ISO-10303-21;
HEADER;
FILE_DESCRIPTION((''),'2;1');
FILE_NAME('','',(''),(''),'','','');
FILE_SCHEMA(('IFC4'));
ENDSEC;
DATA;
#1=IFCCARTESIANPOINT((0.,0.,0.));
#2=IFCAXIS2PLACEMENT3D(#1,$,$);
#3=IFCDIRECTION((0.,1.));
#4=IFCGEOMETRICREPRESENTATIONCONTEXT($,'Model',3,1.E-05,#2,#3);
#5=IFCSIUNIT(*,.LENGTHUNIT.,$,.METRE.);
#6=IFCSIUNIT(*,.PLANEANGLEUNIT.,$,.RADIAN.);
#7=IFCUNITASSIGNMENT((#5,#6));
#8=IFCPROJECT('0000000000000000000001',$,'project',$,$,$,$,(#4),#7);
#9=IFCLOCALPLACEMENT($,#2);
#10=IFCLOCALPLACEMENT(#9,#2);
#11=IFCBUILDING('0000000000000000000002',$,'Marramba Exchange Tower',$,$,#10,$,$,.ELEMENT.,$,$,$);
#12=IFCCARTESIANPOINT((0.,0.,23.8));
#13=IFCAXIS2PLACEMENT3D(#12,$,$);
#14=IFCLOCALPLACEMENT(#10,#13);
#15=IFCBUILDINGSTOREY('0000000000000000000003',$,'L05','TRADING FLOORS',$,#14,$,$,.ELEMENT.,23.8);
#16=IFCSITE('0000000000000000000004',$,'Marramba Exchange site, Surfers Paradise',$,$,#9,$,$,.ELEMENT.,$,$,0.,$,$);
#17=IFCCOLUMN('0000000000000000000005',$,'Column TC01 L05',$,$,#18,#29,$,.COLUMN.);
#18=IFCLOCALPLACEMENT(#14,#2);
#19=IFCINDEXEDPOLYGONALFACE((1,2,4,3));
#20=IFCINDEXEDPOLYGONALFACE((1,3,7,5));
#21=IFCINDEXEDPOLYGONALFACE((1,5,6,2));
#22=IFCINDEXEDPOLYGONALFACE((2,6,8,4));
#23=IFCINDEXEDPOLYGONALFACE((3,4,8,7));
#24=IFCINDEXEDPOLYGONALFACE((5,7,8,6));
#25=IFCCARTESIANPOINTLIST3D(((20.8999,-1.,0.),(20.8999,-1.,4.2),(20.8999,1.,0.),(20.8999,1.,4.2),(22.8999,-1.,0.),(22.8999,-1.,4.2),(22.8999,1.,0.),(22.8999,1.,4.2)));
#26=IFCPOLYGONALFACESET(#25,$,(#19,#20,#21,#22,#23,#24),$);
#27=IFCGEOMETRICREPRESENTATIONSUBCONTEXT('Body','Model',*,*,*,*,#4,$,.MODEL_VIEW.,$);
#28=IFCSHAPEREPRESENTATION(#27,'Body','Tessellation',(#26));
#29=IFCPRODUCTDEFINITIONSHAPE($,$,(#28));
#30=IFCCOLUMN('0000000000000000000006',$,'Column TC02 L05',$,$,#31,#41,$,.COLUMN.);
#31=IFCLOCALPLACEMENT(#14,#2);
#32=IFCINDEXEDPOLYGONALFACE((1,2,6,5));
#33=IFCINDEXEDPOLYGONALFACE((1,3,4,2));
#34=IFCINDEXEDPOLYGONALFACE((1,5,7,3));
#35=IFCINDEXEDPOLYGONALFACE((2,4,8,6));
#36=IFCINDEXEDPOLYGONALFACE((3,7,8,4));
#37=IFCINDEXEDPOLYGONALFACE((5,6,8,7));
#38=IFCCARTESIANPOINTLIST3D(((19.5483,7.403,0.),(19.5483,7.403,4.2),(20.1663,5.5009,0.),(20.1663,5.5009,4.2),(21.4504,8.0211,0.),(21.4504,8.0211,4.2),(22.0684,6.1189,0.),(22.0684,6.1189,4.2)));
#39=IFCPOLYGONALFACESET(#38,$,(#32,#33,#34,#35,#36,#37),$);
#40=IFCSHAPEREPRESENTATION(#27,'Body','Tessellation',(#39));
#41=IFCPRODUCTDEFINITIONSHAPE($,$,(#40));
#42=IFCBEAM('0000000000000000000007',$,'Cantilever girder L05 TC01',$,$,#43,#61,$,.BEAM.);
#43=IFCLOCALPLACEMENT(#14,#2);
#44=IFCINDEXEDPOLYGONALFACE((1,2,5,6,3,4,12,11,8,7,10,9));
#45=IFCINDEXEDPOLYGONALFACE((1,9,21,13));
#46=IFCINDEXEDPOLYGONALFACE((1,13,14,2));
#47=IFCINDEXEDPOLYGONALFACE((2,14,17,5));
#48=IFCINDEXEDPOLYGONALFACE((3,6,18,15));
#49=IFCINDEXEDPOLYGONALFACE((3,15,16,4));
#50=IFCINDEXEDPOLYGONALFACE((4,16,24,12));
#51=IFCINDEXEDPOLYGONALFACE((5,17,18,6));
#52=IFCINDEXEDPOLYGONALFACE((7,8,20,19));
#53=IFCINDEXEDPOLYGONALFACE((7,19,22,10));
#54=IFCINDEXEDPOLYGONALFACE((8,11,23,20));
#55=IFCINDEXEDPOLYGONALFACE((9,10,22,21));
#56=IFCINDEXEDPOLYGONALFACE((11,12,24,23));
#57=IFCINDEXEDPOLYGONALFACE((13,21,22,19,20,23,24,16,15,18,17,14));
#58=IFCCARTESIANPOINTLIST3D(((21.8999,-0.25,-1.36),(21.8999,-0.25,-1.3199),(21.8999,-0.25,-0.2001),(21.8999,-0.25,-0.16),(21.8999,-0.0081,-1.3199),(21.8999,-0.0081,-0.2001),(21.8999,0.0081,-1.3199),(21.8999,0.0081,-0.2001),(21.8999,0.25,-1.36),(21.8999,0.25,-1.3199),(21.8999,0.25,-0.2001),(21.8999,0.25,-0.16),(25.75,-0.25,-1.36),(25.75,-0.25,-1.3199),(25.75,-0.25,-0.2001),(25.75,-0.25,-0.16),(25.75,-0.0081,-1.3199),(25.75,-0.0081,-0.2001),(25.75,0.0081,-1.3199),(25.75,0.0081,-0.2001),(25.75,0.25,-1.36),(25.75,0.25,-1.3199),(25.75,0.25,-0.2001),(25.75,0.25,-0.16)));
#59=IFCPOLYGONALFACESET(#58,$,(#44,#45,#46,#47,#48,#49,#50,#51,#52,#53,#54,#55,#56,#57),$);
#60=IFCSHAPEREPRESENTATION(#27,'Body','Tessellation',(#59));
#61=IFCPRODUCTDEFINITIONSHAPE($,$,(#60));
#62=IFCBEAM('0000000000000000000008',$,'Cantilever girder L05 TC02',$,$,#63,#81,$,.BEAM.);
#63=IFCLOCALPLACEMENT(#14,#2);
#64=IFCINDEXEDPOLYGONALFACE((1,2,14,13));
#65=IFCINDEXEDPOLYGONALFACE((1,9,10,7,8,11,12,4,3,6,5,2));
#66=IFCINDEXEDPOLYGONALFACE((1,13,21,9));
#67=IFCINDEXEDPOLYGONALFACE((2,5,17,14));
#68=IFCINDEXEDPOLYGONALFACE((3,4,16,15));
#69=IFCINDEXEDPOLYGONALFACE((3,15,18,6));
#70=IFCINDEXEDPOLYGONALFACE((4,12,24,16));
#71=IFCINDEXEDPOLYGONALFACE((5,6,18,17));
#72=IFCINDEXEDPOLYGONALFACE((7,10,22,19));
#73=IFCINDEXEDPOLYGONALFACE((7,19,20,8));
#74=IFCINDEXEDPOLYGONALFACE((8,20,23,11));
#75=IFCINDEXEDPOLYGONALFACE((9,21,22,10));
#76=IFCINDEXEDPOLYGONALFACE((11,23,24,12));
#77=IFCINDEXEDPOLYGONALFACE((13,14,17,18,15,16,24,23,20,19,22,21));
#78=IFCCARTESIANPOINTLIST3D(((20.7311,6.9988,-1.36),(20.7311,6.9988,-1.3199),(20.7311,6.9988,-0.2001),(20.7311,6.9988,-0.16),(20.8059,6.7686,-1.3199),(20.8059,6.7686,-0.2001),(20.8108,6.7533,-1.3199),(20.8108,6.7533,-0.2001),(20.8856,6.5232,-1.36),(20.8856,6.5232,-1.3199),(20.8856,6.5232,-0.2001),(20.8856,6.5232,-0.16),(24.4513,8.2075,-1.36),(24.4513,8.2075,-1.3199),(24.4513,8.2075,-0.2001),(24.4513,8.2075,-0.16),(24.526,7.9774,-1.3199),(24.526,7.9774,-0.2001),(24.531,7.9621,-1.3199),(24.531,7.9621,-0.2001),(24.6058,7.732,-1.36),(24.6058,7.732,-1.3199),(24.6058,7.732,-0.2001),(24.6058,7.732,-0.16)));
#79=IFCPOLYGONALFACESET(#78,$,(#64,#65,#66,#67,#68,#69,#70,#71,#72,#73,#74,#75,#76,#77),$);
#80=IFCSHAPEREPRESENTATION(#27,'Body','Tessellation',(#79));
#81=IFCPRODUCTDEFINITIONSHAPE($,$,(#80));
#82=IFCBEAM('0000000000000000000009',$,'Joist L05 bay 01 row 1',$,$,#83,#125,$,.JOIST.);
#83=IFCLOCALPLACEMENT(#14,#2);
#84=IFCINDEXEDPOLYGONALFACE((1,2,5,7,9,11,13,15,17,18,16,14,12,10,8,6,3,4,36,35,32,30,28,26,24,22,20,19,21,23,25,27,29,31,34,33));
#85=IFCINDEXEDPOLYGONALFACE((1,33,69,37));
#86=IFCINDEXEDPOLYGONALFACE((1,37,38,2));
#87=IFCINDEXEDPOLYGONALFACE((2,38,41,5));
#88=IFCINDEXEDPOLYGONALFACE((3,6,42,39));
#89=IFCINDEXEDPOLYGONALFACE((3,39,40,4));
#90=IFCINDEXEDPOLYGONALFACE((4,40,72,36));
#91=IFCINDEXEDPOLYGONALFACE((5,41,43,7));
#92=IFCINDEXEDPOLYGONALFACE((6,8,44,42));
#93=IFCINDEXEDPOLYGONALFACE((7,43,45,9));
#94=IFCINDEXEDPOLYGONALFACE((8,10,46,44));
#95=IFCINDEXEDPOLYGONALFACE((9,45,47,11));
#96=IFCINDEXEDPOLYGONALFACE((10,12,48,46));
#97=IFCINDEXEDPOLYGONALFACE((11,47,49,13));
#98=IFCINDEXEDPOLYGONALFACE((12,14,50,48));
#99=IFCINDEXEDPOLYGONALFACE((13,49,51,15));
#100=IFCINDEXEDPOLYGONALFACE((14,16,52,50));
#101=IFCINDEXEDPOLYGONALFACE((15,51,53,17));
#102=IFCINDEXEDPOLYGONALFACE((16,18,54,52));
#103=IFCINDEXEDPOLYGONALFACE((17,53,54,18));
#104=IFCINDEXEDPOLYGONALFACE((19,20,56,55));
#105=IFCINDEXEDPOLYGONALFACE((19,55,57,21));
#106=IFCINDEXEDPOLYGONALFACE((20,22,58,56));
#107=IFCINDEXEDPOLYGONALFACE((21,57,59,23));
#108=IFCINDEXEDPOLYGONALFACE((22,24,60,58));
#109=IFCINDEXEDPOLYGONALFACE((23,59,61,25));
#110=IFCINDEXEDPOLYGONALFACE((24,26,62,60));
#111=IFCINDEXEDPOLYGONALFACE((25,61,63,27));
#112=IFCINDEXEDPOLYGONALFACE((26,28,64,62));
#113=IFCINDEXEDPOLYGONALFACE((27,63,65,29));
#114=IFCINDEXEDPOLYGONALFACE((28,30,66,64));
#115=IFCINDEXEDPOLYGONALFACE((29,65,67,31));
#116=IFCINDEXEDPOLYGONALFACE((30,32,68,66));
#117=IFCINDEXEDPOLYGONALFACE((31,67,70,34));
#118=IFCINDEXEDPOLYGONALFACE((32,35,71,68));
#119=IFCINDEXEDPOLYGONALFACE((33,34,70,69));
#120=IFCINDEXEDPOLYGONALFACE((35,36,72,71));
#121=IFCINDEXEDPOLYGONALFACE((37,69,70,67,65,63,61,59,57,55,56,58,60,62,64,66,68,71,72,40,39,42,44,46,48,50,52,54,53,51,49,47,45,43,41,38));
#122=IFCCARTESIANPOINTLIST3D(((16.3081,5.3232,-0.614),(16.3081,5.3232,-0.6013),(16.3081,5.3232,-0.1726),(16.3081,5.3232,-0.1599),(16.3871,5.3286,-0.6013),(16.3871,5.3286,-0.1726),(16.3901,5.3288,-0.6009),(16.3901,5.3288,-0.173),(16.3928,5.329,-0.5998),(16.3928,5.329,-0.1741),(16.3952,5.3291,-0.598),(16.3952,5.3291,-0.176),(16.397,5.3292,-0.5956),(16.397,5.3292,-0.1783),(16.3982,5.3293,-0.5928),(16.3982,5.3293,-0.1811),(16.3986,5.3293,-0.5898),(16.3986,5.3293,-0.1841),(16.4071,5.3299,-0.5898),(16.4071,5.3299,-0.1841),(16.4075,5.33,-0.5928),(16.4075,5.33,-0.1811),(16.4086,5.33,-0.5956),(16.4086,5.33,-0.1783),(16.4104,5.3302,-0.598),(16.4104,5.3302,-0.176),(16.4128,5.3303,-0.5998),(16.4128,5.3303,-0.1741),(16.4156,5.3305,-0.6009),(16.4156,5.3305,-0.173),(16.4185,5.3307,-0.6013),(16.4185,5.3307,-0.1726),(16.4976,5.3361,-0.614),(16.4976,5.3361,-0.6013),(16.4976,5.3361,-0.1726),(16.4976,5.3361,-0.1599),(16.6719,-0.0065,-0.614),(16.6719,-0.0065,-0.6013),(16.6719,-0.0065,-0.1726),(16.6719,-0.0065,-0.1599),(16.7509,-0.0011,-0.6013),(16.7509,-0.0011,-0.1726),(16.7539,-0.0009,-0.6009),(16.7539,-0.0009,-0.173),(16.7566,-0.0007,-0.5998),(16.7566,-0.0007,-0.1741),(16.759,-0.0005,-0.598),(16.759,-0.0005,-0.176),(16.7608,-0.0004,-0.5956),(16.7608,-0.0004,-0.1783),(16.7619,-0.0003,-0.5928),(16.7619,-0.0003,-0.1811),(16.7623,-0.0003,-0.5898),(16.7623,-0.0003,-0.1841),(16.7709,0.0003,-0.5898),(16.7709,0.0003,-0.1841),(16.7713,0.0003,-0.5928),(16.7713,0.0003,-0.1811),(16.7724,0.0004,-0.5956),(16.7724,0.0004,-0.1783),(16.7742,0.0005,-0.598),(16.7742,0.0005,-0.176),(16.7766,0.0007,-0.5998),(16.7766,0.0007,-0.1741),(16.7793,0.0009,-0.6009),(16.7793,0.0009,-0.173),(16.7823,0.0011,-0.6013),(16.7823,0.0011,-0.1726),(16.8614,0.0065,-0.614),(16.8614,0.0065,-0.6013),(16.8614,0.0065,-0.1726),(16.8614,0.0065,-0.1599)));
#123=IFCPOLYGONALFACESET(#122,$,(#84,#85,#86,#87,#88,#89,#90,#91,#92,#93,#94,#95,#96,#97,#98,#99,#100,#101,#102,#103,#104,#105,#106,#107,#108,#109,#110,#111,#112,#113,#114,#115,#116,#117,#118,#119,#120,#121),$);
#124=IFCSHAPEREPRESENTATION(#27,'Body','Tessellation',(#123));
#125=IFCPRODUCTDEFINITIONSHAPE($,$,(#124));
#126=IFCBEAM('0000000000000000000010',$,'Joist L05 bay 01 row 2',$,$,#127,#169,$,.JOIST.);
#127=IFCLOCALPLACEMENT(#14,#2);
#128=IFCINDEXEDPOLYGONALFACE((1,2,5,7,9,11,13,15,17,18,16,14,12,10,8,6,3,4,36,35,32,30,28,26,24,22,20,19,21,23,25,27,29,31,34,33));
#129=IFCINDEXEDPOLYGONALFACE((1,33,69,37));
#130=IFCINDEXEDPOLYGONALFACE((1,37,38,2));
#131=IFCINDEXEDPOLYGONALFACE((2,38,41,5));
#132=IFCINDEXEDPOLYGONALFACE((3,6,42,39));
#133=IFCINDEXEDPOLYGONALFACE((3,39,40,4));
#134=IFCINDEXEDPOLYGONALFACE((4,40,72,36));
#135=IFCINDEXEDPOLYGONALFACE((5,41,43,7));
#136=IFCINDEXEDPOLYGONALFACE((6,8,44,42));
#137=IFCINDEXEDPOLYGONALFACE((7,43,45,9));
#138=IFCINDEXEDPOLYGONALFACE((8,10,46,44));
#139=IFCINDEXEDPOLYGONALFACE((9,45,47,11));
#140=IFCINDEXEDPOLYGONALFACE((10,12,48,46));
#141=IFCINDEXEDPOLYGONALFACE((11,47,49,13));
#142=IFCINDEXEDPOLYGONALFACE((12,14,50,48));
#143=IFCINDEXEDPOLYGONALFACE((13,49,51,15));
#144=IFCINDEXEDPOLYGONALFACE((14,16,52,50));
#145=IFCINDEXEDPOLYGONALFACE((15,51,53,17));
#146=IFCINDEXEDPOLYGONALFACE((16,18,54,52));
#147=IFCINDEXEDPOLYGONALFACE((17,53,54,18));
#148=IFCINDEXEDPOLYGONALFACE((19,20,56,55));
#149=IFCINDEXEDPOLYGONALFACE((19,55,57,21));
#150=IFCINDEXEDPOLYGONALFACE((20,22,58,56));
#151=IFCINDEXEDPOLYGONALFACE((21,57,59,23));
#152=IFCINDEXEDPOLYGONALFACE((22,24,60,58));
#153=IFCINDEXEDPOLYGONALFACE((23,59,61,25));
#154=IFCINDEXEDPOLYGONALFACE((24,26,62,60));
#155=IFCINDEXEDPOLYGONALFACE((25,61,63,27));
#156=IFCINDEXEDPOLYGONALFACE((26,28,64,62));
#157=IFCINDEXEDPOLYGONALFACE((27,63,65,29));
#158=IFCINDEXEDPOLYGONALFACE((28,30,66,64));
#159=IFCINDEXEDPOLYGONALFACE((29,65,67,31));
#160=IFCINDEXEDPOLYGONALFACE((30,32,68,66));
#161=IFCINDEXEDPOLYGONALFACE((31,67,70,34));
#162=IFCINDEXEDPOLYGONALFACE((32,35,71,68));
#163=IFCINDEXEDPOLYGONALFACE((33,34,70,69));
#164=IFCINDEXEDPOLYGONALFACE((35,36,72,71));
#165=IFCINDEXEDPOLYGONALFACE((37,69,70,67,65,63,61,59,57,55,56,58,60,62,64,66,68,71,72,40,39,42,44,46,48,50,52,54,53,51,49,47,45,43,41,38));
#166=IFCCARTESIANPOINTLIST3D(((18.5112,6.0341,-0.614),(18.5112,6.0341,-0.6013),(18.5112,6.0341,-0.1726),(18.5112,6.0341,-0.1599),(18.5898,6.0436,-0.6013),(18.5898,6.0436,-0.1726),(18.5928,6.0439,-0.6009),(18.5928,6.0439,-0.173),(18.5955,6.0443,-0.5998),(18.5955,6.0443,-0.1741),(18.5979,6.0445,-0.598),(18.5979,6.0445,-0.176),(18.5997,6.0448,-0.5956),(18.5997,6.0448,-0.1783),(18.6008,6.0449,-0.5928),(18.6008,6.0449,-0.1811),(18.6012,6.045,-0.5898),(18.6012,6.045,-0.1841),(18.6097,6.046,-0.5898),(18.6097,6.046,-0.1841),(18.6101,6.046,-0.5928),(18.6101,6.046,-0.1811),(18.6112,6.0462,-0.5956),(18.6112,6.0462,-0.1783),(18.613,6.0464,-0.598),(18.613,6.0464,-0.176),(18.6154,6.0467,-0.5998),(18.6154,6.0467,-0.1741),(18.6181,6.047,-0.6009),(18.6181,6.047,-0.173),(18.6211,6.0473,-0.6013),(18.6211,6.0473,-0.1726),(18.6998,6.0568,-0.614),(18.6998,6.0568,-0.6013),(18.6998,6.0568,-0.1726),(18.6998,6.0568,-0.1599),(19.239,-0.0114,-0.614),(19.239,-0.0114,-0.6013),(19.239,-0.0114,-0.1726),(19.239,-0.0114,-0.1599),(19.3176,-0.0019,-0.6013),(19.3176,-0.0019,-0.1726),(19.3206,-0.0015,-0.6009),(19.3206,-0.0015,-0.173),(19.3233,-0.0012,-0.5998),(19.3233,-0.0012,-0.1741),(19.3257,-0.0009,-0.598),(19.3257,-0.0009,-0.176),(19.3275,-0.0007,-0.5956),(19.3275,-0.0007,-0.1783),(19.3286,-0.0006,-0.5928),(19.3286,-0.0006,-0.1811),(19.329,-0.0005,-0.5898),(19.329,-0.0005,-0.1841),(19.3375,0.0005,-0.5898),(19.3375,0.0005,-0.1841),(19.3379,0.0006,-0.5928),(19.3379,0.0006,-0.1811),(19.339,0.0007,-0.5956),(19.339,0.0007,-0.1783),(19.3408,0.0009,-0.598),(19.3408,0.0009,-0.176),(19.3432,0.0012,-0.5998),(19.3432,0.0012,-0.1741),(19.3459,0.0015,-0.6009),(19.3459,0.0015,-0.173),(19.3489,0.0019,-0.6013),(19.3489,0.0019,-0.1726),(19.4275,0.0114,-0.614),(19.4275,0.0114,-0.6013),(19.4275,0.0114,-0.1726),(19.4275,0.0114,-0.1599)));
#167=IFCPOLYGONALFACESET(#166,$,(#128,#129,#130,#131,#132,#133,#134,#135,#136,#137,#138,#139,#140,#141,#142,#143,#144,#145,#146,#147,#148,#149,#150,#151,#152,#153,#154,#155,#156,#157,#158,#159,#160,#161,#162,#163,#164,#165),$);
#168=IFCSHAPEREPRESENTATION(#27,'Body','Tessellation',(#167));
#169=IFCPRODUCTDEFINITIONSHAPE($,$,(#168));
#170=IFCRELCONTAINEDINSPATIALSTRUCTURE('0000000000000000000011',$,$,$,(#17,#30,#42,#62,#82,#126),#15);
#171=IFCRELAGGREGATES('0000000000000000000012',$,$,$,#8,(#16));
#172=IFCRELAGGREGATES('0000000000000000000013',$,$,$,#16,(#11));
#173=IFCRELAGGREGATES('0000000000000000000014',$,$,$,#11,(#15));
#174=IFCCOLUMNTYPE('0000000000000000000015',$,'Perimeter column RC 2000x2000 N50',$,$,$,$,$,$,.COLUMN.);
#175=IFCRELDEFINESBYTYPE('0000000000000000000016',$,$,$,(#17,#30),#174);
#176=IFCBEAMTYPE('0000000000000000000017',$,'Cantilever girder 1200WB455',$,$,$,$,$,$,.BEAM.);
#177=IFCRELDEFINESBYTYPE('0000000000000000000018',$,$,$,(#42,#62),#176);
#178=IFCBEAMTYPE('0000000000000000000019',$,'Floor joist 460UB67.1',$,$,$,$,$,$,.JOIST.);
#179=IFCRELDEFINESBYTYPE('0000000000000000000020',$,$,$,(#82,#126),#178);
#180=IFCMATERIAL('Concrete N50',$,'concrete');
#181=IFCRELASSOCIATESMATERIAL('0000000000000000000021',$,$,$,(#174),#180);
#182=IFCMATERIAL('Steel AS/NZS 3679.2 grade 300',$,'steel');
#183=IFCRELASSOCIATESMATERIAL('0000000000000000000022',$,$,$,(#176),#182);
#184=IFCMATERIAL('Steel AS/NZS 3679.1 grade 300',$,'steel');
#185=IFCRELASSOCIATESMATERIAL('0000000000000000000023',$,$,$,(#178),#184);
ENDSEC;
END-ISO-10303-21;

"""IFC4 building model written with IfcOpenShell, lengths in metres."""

from ifc_helpers import new_model, si_unit, direction, frame, origin, origin_2d, place, context, subcontext, project, spatial, rectangle, i_section, extrude, material, material_profile, profile_set, type_object, element, save


model = new_model("IFC4")

# Units and contexts
model_context = context("Model", 3, precision=1e-05, world=origin(), true_north=direction((0.0, 1.0)))
body_context = subcontext(model_context, "Body", "Model", "MODEL_VIEW")
ifc_project = project(units=[si_unit("LENGTHUNIT", "METRE"), si_unit("PLANEANGLEUNIT", "RADIAN")], contexts=[model_context])

# Site, building, storey
site_placement = place(None, origin())
site = spatial("IfcSite", under=ifc_project, at=site_placement, Name="Marramba Exchange site, Surfers Paradise", CompositionType="ELEMENT", RefElevation=0.0)
building_placement = place(site_placement, origin())
building = spatial("IfcBuilding", under=site, at=building_placement, Name="Marramba Exchange Tower", CompositionType="ELEMENT")
storey_placement = place(building_placement, frame((0.0, 0.0, 23.8)))
storey = spatial("IfcBuildingStorey", under=building, at=storey_placement, Name="L05", Description="TRADING FLOORS", CompositionType="ELEMENT", Elevation=23.8)

# Columns
ifc_material_1 = material(Name="Concrete N50", Category="concrete")
ifc_material_profile_1 = material_profile(ifc_material_1, rectangle(XDim=2.0, YDim=2.0, at=origin_2d()), Name="RC 2000x2000")
ifc_profile_set_1 = profile_set([ifc_material_profile_1], Name="Concrete N50")
column_type = type_object("IfcColumnType", Name="Perimeter column RC 2000x2000 N50", PredefinedType="COLUMN", material=ifc_profile_set_1)
for number, where, z_axis, x_axis, name in (
    (1, (21.8999, 0.0, 0.0), (0.0, 0.0, 1.0), (1.0, 0.0, 0.0), "Column TC01 L05"),
    (2, (20.8083, 6.761, 0.0), (0.0, 0.0, 1.0), (0.951057, 0.309017, 0.0), "Column TC02 L05"),
):
    element("IfcColumn", number, at=place(storey_placement, frame(where, z_axis=z_axis, x_axis=x_axis)), inside=storey, type_object=column_type, Name=name, PredefinedType="COLUMN", context=body_context, shape_type="SweptSolid", body=[
        extrude(rectangle(XDim=2.0, YDim=2.0, at=origin_2d()), origin(), (0.0, 0.0, 1.0), 4.2),
    ])

# Beams
ifc_material_2 = material(Name="Steel AS/NZS 3679.2 grade 300", Category="steel")
ifc_material_profile_2 = material_profile(ifc_material_2, i_section(OverallWidth=0.5, OverallDepth=1.2, WebThickness=0.0161, FlangeThickness=0.04, at=origin_2d()), Name="1200WB455")
ifc_profile_set_2 = profile_set([ifc_material_profile_2], Name="Steel AS/NZS 3679.2 grade 300")
beam_type_1 = type_object("IfcBeamType", Name="Cantilever girder 1200WB455", PredefinedType="BEAM", material=ifc_profile_set_2)
beam_1_placement = place(storey_placement, frame((21.8999, 0.0, -0.76), z_axis=(1.0, 0.0, 0.0), x_axis=(0.0, 1.0, 0.0)))
element("IfcBeam", 3, at=beam_1_placement, inside=storey, type_object=beam_type_1, Name="Cantilever girder L05 TC01", PredefinedType="BEAM", context=body_context, shape_type="SweptSolid", body=[
    extrude(i_section(OverallWidth=0.5, OverallDepth=1.2, WebThickness=0.0161, FlangeThickness=0.04, at=origin_2d()), origin(), (0.0, 0.0, 1.0), 3.8501),
])
beam_2_placement = place(storey_placement, frame((20.8083, 6.761, -0.76), z_axis=(0.951059, 0.30901, 0.0), x_axis=(-0.30901, 0.951059, 0.0)))
element("IfcBeam", 4, at=beam_2_placement, inside=storey, type_object=beam_type_1, Name="Cantilever girder L05 TC02", PredefinedType="BEAM", context=body_context, shape_type="SweptSolid", body=[
    extrude(i_section(OverallWidth=0.5, OverallDepth=1.2, WebThickness=0.0161, FlangeThickness=0.04, at=origin_2d()), origin(), (0.0, 0.0, 1.0), 3.9116),
])
ifc_material_3 = material(Name="Steel AS/NZS 3679.1 grade 300", Category="steel")
ifc_material_profile_3 = material_profile(ifc_material_3, i_section(OverallWidth=0.1899, OverallDepth=0.4541, WebThickness=0.0085, FlangeThickness=0.0127, FilletRadius=0.0115, at=origin_2d()), Name="460UB67.1")
ifc_profile_set_3 = profile_set([ifc_material_profile_3], Name="Steel AS/NZS 3679.1 grade 300")
beam_type_2 = type_object("IfcBeamType", Name="Floor joist 460UB67.1", PredefinedType="JOIST", material=ifc_profile_set_3)
beam_3_placement = place(storey_placement, frame((16.7666, 0.0, -0.387), z_axis=(-0.068096, 0.997679, 0.0), x_axis=(-0.997679, -0.068096, 0.0)))
element("IfcBeam", 5, at=beam_3_placement, inside=storey, type_object=beam_type_2, Name="Joist L05 bay 01 row 1", PredefinedType="JOIST", context=body_context, shape_type="SweptSolid", body=[
    extrude(i_section(OverallWidth=0.1899, OverallDepth=0.4541, WebThickness=0.0085, FlangeThickness=0.0127, FilletRadius=0.0115, at=origin_2d()), origin(), (0.0, 0.0, 1.0), 5.342),
])
beam_4_placement = place(storey_placement, frame((19.3333, 0.0, -0.387), z_axis=(-0.119523, 0.992831, 0.0), x_axis=(-0.992831, -0.119523, 0.0)))
element("IfcBeam", 6, at=beam_4_placement, inside=storey, type_object=beam_type_2, Name="Joist L05 bay 01 row 2", PredefinedType="JOIST", context=body_context, shape_type="SweptSolid", body=[
    extrude(i_section(OverallWidth=0.1899, OverallDepth=0.4541, WebThickness=0.0085, FlangeThickness=0.0127, FilletRadius=0.0115, at=origin_2d()), origin(), (0.0, 0.0, 1.0), 6.0891),
])

save(model, "model.ifc")
